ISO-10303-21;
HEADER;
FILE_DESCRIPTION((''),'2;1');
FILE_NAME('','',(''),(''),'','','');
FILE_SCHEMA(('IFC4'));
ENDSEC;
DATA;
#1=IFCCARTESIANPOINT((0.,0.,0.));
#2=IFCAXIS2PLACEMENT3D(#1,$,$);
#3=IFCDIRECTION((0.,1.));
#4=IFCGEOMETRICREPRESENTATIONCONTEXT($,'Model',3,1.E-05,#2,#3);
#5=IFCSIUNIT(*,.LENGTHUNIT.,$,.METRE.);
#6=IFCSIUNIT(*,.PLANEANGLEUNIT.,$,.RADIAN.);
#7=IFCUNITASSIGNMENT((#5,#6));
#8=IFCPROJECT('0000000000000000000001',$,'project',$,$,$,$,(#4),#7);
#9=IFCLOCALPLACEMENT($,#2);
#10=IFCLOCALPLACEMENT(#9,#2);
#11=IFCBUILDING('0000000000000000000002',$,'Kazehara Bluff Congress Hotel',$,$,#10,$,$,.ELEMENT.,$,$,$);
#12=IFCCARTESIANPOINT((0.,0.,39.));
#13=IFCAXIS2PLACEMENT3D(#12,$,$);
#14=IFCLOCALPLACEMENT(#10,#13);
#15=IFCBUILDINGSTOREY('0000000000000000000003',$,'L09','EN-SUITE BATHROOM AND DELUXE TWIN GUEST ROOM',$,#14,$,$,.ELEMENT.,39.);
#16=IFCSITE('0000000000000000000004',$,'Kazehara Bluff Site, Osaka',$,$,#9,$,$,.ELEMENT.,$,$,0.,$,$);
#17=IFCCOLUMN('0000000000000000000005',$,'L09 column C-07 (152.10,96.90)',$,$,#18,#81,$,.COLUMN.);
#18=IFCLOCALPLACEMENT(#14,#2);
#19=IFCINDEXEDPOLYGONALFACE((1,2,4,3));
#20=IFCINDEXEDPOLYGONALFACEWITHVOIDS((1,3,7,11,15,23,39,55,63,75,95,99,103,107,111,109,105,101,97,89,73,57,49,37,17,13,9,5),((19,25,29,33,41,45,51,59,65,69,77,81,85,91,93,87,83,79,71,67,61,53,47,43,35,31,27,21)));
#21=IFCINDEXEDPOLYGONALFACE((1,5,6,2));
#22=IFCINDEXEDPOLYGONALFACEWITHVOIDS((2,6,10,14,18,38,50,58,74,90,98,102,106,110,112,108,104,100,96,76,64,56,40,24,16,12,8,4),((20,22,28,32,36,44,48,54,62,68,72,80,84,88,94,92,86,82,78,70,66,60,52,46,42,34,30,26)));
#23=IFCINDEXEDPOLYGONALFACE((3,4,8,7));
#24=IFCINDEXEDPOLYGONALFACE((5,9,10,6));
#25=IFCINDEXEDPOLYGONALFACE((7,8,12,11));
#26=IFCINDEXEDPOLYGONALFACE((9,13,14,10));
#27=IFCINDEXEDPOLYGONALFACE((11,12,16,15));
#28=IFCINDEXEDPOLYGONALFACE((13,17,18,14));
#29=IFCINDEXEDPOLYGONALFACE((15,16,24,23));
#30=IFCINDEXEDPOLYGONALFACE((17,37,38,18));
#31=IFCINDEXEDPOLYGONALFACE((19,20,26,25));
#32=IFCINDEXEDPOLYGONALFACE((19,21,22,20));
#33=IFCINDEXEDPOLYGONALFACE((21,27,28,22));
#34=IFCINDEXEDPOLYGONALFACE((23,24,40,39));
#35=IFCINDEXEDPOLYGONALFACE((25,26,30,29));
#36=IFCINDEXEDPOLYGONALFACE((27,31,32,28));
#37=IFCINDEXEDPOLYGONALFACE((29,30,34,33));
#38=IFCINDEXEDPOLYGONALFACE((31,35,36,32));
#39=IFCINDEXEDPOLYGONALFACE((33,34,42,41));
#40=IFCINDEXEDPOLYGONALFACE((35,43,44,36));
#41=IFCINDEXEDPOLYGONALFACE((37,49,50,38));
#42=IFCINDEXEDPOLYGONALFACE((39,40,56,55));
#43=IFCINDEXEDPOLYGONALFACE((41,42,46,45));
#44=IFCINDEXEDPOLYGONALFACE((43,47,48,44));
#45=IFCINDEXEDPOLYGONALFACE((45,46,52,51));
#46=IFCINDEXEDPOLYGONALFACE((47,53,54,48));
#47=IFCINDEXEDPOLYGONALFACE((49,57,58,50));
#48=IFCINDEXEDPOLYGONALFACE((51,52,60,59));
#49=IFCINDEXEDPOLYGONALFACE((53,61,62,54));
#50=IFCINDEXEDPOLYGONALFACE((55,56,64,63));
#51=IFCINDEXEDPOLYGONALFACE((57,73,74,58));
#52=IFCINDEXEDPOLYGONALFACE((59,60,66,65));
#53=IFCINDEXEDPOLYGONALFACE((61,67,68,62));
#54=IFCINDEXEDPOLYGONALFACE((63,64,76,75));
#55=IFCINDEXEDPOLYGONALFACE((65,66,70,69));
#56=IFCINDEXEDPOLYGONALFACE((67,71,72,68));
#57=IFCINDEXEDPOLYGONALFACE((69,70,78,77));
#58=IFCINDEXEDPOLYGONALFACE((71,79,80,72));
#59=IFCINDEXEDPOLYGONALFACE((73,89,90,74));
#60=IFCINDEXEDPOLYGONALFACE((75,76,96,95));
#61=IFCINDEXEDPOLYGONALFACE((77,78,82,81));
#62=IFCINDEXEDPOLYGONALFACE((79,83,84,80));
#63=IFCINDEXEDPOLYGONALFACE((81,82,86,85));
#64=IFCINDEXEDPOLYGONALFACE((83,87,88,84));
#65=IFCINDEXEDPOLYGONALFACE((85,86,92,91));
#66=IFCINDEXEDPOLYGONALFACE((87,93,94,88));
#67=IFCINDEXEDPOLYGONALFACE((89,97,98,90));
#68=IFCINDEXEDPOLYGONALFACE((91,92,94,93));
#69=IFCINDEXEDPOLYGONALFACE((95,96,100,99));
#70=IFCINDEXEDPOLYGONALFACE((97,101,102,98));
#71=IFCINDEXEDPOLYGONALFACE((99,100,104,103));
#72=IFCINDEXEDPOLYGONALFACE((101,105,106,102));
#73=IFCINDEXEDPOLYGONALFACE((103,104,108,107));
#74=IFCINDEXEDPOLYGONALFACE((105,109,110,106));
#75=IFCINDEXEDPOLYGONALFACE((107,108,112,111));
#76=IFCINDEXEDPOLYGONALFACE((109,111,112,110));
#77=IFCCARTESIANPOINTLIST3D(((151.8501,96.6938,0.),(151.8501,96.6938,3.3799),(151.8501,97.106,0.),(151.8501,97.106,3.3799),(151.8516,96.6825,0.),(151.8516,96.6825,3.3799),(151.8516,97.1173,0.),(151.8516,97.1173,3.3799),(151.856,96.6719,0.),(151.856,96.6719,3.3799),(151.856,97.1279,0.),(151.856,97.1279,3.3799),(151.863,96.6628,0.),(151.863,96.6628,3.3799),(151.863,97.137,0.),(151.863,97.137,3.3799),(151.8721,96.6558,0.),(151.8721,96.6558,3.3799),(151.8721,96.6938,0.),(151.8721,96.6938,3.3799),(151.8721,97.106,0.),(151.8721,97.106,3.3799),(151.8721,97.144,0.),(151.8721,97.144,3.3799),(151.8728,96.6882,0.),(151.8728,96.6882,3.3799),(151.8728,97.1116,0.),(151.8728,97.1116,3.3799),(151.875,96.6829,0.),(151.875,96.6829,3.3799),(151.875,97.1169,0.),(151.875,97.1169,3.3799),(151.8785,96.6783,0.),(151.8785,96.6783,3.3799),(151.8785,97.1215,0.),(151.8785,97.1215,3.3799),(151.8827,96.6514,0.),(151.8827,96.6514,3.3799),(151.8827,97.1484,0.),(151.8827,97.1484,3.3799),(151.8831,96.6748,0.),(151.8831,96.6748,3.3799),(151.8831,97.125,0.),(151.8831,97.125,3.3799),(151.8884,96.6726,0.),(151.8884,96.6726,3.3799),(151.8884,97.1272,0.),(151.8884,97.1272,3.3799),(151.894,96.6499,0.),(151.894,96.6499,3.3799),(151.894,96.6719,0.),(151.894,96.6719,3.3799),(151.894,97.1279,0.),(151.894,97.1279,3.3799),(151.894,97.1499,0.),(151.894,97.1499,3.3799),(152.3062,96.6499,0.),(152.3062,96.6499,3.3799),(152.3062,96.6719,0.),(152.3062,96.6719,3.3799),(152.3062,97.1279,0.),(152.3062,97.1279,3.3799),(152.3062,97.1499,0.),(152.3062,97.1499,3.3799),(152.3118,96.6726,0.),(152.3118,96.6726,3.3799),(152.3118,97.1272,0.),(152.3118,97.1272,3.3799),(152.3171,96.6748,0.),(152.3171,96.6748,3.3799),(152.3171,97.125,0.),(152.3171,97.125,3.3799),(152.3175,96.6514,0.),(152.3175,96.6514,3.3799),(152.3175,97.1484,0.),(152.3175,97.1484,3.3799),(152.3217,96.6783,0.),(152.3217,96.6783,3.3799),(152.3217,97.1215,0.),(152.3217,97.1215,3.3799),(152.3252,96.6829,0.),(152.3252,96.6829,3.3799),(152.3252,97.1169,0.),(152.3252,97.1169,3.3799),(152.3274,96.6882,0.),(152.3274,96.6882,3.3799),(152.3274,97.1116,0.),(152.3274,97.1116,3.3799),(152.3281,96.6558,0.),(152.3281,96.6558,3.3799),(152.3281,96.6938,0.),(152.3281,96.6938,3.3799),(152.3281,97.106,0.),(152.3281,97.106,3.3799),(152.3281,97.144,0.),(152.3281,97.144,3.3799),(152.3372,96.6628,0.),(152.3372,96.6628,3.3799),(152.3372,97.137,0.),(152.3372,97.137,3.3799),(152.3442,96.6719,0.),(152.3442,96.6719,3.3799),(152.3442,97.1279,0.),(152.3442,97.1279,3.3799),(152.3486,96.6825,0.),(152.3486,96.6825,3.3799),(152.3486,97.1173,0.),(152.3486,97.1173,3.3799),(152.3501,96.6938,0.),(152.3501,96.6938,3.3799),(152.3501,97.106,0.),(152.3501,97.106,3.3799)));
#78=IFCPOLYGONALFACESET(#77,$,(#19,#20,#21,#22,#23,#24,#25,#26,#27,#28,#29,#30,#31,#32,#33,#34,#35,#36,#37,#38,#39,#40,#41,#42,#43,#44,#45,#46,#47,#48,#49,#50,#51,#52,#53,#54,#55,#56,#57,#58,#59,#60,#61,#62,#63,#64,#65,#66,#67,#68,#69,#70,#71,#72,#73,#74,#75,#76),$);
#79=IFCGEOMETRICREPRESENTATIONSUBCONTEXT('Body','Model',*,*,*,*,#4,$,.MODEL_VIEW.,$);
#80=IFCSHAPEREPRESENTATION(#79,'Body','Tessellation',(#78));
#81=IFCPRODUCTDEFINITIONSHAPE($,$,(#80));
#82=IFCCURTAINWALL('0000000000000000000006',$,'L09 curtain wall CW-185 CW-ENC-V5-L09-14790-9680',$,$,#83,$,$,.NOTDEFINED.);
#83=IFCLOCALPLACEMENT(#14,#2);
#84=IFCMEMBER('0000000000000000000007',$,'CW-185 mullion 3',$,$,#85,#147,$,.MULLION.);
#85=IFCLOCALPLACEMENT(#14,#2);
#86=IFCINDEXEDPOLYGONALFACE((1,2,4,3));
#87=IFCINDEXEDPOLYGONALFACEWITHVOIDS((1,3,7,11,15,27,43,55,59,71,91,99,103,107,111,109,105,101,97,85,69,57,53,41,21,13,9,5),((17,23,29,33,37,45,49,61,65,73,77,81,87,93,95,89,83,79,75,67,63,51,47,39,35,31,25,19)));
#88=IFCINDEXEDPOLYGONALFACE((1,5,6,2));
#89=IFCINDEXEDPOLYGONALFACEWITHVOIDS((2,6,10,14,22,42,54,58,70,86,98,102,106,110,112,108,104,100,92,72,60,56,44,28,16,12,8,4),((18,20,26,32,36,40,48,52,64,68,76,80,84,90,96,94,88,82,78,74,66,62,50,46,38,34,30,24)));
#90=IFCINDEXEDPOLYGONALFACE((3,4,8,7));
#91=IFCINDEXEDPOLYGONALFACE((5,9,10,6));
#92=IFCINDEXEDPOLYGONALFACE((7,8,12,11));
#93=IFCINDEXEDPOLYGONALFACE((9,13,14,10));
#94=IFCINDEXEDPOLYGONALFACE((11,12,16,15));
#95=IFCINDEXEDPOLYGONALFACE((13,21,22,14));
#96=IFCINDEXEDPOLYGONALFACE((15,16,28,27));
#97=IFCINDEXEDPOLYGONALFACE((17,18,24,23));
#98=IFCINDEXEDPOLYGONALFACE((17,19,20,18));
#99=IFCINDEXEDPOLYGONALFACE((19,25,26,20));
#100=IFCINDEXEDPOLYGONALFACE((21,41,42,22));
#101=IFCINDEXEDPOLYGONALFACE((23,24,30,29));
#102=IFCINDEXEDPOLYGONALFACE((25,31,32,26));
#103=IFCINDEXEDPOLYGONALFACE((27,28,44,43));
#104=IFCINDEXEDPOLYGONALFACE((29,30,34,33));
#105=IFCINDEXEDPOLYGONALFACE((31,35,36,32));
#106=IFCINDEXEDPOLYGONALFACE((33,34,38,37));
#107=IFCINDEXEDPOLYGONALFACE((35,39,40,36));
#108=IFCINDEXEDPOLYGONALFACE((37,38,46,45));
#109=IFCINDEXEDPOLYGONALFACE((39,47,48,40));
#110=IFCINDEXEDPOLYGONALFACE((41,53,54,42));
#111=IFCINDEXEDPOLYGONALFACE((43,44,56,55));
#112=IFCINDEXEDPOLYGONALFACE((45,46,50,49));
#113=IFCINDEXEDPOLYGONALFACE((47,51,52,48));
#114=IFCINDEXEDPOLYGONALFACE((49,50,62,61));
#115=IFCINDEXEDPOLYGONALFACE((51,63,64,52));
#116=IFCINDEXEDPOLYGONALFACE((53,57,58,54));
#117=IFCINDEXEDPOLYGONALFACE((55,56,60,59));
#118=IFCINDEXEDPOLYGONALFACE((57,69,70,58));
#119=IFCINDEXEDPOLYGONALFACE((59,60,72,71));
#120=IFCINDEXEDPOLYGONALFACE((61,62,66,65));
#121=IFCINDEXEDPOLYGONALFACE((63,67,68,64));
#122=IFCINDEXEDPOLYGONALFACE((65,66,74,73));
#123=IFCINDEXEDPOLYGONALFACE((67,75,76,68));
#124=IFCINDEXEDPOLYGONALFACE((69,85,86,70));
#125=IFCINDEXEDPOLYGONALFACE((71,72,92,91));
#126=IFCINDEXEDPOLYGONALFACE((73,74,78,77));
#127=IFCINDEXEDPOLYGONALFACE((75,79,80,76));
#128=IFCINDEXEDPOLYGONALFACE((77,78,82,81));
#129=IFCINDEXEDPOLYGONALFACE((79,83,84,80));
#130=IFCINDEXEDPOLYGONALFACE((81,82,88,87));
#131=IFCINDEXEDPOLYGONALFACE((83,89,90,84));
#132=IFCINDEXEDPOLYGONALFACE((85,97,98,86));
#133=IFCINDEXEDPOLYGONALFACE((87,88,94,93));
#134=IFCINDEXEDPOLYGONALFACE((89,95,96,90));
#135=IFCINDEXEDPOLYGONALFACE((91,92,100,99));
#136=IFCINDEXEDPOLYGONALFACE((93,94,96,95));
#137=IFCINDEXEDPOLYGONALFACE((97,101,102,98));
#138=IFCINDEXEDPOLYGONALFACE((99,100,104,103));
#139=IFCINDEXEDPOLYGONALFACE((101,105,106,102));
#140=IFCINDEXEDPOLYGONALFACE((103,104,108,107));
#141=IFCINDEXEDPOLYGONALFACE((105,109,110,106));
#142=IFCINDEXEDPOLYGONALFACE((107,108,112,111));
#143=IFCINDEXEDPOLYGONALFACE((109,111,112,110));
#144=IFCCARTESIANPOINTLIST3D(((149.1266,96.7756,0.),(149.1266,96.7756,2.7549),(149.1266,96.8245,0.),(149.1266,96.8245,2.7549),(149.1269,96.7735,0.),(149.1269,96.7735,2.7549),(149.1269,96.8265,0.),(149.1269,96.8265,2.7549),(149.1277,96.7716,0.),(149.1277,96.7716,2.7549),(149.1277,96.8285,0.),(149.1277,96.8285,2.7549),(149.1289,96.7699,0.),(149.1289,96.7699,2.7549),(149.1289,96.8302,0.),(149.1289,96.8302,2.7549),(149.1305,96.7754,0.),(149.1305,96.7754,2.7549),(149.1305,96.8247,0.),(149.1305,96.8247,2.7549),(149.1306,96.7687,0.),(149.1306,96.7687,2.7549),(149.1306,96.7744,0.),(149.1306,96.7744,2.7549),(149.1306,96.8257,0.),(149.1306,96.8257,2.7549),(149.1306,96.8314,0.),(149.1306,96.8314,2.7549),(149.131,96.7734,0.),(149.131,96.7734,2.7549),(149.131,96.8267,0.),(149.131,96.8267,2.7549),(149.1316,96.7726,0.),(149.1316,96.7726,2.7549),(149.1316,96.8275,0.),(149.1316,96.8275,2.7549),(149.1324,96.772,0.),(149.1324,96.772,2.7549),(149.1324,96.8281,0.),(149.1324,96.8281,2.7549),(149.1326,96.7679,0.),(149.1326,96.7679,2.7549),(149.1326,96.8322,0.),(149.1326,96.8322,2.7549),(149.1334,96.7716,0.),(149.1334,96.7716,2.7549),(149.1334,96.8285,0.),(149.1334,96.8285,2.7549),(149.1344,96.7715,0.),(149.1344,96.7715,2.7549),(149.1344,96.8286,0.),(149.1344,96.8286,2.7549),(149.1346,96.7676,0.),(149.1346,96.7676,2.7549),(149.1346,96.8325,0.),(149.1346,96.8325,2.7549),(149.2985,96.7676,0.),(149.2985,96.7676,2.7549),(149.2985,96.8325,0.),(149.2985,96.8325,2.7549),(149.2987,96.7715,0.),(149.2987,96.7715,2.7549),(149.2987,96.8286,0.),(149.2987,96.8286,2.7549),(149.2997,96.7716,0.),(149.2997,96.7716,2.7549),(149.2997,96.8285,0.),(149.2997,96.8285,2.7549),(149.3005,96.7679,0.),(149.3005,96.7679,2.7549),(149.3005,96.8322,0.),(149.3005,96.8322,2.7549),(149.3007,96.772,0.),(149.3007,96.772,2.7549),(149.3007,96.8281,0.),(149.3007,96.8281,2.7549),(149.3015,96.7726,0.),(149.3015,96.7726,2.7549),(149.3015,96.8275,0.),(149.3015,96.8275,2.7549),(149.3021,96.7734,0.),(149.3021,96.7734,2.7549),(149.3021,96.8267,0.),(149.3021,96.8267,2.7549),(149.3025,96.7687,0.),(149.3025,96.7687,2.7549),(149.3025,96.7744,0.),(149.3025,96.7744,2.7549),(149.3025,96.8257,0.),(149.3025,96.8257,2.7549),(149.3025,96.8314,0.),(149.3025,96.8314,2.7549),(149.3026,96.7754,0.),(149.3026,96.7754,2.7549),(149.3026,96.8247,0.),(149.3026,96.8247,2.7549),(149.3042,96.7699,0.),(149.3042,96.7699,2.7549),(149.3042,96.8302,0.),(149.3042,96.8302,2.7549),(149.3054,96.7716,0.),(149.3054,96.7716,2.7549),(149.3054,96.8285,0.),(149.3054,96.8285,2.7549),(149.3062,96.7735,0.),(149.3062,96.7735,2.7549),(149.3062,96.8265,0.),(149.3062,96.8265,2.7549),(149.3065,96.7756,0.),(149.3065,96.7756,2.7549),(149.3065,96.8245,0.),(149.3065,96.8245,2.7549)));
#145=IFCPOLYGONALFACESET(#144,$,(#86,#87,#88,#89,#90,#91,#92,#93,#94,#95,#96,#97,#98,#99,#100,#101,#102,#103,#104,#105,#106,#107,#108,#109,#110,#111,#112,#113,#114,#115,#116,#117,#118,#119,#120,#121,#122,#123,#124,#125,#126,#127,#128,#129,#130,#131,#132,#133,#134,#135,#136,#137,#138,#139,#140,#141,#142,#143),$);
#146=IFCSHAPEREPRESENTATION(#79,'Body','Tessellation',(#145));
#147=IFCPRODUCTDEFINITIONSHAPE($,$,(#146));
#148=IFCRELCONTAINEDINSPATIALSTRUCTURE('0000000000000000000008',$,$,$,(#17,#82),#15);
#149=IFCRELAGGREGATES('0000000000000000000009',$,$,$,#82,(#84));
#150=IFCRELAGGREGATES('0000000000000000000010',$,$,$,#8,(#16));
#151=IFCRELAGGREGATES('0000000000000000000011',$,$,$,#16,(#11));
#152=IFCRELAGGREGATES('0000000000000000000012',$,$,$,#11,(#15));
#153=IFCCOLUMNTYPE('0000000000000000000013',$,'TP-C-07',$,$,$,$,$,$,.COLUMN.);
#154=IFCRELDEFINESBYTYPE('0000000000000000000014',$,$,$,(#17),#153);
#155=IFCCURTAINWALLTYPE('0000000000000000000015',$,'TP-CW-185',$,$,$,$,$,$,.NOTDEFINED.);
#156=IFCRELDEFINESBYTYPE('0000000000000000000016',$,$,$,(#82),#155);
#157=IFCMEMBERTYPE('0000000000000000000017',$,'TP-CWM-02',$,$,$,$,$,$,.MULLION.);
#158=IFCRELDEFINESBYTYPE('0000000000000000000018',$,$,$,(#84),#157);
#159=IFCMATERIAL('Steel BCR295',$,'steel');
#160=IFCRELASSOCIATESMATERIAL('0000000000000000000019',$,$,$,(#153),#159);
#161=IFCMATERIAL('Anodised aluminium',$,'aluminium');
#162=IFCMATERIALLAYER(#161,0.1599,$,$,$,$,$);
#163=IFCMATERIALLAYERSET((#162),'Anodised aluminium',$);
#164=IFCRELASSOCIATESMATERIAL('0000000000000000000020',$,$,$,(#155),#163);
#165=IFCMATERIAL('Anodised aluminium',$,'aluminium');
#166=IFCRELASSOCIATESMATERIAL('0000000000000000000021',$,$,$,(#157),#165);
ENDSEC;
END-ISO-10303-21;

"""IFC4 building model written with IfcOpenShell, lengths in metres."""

from ifc_helpers import new_model, si_unit, direction, frame, origin, origin_2d, place, context, subcontext, project, spatial, hollow_rectangle, extrude, material, layer, layer_set, material_profile, profile_set, type_object, element, aggregate, save


model = new_model("IFC4")

# Units and contexts
model_context = context("Model", 3, precision=1e-05, world=origin(), true_north=direction((0.0, 1.0)))
body_context = subcontext(model_context, "Body", "Model", "MODEL_VIEW")
ifc_project = project(units=[si_unit("LENGTHUNIT", "METRE"), si_unit("PLANEANGLEUNIT", "RADIAN")], contexts=[model_context])

# Site, building, storey
site_placement = place(None, origin())
site = spatial("IfcSite", under=ifc_project, at=site_placement, Name="Kazehara Bluff Site, Osaka", CompositionType="ELEMENT", RefElevation=0.0)
building_placement = place(site_placement, origin())
building = spatial("IfcBuilding", under=site, at=building_placement, Name="Kazehara Bluff Congress Hotel", CompositionType="ELEMENT")
storey_placement = place(building_placement, frame((0.0, 0.0, 39.0)))
storey = spatial("IfcBuildingStorey", under=building, at=storey_placement, Name="L09", Description="EN-SUITE BATHROOM AND DELUXE TWIN GUEST ROOM", CompositionType="ELEMENT", Elevation=39.0)

# Column
ifc_material_1 = material(Name="Steel BCR295", Category="steel")
ifc_material_profile_1 = material_profile(ifc_material_1, hollow_rectangle(XDim=0.5, YDim=0.5, WallThickness=0.022, InnerFilletRadius=0.022, OuterFilletRadius=0.0439, at=origin_2d()))
ifc_profile_set_1 = profile_set([ifc_material_profile_1], Name="Steel BCR295")
column_type = type_object("IfcColumnType", Name="TP-C-07", PredefinedType="COLUMN", material=ifc_profile_set_1)
column_placement = place(storey_placement, frame((152.1001, 96.8999, 0.0), z_axis=(0.0, 0.0, 1.0), x_axis=(1.0, 0.0, 0.0)))
element("IfcColumn", 1, at=column_placement, inside=storey, type_object=column_type, Name="L09 column C-07 (152.10,96.90)", PredefinedType="COLUMN", context=body_context, shape_type="SweptSolid", body=[
    extrude(hollow_rectangle(XDim=0.5, YDim=0.5, WallThickness=0.022, InnerFilletRadius=0.022, OuterFilletRadius=0.0439, at=origin_2d()), origin(), (0.0, 0.0, 1.0), 3.3799),
])

# Curtain wall, member
ifc_material_2 = material(Name="Anodised aluminium", Category="aluminium")
ifc_layer_1 = layer(ifc_material_2, 0.1599)
ifc_layer_set_1 = layer_set([ifc_layer_1], Name="Anodised aluminium")
curtain_wall_type = type_object("IfcCurtainWallType", Name="TP-CW-185", PredefinedType="NOTDEFINED", material=ifc_layer_set_1)
curtain_wall_1_placement = place(storey_placement, origin())
curtain_wall_1 = element("IfcCurtainWall", 2, at=curtain_wall_1_placement, inside=storey, type_object=curtain_wall_type, Name="L09 curtain wall CW-185 CW-ENC-V5-L09-14790-9680", PredefinedType="NOTDEFINED")
ifc_material_3 = material(Name="Anodised aluminium", Category="aluminium")
ifc_material_profile_2 = material_profile(ifc_material_3, hollow_rectangle(XDim=0.0649, YDim=0.1799, WallThickness=0.0039, InnerFilletRadius=0.0039, OuterFilletRadius=0.0081, at=origin_2d()))
ifc_profile_set_2 = profile_set([ifc_material_profile_2], Name="Anodised aluminium")
member_type_1 = type_object("IfcMemberType", Name="TP-CWM-02", PredefinedType="MULLION", material=ifc_profile_set_2)
member_1_placement = place(storey_placement, frame((149.2166, 96.8, 0.0), z_axis=(0.0, 0.0, 1.0), x_axis=(0.0, 1.0, 0.0)))
member_1 = element("IfcMember", 3, at=member_1_placement, type_object=member_type_1, Name="CW-185 mullion 3", PredefinedType="MULLION", context=body_context, shape_type="SweptSolid", body=[
    extrude(hollow_rectangle(XDim=0.0649, YDim=0.1799, WallThickness=0.0039, InnerFilletRadius=0.0039, OuterFilletRadius=0.0081, at=origin_2d()), origin(), (0.0, 0.0, 1.0), 2.7549),
])

aggregate(curtain_wall_1, [member_1])

save(model, "model.ifc")
